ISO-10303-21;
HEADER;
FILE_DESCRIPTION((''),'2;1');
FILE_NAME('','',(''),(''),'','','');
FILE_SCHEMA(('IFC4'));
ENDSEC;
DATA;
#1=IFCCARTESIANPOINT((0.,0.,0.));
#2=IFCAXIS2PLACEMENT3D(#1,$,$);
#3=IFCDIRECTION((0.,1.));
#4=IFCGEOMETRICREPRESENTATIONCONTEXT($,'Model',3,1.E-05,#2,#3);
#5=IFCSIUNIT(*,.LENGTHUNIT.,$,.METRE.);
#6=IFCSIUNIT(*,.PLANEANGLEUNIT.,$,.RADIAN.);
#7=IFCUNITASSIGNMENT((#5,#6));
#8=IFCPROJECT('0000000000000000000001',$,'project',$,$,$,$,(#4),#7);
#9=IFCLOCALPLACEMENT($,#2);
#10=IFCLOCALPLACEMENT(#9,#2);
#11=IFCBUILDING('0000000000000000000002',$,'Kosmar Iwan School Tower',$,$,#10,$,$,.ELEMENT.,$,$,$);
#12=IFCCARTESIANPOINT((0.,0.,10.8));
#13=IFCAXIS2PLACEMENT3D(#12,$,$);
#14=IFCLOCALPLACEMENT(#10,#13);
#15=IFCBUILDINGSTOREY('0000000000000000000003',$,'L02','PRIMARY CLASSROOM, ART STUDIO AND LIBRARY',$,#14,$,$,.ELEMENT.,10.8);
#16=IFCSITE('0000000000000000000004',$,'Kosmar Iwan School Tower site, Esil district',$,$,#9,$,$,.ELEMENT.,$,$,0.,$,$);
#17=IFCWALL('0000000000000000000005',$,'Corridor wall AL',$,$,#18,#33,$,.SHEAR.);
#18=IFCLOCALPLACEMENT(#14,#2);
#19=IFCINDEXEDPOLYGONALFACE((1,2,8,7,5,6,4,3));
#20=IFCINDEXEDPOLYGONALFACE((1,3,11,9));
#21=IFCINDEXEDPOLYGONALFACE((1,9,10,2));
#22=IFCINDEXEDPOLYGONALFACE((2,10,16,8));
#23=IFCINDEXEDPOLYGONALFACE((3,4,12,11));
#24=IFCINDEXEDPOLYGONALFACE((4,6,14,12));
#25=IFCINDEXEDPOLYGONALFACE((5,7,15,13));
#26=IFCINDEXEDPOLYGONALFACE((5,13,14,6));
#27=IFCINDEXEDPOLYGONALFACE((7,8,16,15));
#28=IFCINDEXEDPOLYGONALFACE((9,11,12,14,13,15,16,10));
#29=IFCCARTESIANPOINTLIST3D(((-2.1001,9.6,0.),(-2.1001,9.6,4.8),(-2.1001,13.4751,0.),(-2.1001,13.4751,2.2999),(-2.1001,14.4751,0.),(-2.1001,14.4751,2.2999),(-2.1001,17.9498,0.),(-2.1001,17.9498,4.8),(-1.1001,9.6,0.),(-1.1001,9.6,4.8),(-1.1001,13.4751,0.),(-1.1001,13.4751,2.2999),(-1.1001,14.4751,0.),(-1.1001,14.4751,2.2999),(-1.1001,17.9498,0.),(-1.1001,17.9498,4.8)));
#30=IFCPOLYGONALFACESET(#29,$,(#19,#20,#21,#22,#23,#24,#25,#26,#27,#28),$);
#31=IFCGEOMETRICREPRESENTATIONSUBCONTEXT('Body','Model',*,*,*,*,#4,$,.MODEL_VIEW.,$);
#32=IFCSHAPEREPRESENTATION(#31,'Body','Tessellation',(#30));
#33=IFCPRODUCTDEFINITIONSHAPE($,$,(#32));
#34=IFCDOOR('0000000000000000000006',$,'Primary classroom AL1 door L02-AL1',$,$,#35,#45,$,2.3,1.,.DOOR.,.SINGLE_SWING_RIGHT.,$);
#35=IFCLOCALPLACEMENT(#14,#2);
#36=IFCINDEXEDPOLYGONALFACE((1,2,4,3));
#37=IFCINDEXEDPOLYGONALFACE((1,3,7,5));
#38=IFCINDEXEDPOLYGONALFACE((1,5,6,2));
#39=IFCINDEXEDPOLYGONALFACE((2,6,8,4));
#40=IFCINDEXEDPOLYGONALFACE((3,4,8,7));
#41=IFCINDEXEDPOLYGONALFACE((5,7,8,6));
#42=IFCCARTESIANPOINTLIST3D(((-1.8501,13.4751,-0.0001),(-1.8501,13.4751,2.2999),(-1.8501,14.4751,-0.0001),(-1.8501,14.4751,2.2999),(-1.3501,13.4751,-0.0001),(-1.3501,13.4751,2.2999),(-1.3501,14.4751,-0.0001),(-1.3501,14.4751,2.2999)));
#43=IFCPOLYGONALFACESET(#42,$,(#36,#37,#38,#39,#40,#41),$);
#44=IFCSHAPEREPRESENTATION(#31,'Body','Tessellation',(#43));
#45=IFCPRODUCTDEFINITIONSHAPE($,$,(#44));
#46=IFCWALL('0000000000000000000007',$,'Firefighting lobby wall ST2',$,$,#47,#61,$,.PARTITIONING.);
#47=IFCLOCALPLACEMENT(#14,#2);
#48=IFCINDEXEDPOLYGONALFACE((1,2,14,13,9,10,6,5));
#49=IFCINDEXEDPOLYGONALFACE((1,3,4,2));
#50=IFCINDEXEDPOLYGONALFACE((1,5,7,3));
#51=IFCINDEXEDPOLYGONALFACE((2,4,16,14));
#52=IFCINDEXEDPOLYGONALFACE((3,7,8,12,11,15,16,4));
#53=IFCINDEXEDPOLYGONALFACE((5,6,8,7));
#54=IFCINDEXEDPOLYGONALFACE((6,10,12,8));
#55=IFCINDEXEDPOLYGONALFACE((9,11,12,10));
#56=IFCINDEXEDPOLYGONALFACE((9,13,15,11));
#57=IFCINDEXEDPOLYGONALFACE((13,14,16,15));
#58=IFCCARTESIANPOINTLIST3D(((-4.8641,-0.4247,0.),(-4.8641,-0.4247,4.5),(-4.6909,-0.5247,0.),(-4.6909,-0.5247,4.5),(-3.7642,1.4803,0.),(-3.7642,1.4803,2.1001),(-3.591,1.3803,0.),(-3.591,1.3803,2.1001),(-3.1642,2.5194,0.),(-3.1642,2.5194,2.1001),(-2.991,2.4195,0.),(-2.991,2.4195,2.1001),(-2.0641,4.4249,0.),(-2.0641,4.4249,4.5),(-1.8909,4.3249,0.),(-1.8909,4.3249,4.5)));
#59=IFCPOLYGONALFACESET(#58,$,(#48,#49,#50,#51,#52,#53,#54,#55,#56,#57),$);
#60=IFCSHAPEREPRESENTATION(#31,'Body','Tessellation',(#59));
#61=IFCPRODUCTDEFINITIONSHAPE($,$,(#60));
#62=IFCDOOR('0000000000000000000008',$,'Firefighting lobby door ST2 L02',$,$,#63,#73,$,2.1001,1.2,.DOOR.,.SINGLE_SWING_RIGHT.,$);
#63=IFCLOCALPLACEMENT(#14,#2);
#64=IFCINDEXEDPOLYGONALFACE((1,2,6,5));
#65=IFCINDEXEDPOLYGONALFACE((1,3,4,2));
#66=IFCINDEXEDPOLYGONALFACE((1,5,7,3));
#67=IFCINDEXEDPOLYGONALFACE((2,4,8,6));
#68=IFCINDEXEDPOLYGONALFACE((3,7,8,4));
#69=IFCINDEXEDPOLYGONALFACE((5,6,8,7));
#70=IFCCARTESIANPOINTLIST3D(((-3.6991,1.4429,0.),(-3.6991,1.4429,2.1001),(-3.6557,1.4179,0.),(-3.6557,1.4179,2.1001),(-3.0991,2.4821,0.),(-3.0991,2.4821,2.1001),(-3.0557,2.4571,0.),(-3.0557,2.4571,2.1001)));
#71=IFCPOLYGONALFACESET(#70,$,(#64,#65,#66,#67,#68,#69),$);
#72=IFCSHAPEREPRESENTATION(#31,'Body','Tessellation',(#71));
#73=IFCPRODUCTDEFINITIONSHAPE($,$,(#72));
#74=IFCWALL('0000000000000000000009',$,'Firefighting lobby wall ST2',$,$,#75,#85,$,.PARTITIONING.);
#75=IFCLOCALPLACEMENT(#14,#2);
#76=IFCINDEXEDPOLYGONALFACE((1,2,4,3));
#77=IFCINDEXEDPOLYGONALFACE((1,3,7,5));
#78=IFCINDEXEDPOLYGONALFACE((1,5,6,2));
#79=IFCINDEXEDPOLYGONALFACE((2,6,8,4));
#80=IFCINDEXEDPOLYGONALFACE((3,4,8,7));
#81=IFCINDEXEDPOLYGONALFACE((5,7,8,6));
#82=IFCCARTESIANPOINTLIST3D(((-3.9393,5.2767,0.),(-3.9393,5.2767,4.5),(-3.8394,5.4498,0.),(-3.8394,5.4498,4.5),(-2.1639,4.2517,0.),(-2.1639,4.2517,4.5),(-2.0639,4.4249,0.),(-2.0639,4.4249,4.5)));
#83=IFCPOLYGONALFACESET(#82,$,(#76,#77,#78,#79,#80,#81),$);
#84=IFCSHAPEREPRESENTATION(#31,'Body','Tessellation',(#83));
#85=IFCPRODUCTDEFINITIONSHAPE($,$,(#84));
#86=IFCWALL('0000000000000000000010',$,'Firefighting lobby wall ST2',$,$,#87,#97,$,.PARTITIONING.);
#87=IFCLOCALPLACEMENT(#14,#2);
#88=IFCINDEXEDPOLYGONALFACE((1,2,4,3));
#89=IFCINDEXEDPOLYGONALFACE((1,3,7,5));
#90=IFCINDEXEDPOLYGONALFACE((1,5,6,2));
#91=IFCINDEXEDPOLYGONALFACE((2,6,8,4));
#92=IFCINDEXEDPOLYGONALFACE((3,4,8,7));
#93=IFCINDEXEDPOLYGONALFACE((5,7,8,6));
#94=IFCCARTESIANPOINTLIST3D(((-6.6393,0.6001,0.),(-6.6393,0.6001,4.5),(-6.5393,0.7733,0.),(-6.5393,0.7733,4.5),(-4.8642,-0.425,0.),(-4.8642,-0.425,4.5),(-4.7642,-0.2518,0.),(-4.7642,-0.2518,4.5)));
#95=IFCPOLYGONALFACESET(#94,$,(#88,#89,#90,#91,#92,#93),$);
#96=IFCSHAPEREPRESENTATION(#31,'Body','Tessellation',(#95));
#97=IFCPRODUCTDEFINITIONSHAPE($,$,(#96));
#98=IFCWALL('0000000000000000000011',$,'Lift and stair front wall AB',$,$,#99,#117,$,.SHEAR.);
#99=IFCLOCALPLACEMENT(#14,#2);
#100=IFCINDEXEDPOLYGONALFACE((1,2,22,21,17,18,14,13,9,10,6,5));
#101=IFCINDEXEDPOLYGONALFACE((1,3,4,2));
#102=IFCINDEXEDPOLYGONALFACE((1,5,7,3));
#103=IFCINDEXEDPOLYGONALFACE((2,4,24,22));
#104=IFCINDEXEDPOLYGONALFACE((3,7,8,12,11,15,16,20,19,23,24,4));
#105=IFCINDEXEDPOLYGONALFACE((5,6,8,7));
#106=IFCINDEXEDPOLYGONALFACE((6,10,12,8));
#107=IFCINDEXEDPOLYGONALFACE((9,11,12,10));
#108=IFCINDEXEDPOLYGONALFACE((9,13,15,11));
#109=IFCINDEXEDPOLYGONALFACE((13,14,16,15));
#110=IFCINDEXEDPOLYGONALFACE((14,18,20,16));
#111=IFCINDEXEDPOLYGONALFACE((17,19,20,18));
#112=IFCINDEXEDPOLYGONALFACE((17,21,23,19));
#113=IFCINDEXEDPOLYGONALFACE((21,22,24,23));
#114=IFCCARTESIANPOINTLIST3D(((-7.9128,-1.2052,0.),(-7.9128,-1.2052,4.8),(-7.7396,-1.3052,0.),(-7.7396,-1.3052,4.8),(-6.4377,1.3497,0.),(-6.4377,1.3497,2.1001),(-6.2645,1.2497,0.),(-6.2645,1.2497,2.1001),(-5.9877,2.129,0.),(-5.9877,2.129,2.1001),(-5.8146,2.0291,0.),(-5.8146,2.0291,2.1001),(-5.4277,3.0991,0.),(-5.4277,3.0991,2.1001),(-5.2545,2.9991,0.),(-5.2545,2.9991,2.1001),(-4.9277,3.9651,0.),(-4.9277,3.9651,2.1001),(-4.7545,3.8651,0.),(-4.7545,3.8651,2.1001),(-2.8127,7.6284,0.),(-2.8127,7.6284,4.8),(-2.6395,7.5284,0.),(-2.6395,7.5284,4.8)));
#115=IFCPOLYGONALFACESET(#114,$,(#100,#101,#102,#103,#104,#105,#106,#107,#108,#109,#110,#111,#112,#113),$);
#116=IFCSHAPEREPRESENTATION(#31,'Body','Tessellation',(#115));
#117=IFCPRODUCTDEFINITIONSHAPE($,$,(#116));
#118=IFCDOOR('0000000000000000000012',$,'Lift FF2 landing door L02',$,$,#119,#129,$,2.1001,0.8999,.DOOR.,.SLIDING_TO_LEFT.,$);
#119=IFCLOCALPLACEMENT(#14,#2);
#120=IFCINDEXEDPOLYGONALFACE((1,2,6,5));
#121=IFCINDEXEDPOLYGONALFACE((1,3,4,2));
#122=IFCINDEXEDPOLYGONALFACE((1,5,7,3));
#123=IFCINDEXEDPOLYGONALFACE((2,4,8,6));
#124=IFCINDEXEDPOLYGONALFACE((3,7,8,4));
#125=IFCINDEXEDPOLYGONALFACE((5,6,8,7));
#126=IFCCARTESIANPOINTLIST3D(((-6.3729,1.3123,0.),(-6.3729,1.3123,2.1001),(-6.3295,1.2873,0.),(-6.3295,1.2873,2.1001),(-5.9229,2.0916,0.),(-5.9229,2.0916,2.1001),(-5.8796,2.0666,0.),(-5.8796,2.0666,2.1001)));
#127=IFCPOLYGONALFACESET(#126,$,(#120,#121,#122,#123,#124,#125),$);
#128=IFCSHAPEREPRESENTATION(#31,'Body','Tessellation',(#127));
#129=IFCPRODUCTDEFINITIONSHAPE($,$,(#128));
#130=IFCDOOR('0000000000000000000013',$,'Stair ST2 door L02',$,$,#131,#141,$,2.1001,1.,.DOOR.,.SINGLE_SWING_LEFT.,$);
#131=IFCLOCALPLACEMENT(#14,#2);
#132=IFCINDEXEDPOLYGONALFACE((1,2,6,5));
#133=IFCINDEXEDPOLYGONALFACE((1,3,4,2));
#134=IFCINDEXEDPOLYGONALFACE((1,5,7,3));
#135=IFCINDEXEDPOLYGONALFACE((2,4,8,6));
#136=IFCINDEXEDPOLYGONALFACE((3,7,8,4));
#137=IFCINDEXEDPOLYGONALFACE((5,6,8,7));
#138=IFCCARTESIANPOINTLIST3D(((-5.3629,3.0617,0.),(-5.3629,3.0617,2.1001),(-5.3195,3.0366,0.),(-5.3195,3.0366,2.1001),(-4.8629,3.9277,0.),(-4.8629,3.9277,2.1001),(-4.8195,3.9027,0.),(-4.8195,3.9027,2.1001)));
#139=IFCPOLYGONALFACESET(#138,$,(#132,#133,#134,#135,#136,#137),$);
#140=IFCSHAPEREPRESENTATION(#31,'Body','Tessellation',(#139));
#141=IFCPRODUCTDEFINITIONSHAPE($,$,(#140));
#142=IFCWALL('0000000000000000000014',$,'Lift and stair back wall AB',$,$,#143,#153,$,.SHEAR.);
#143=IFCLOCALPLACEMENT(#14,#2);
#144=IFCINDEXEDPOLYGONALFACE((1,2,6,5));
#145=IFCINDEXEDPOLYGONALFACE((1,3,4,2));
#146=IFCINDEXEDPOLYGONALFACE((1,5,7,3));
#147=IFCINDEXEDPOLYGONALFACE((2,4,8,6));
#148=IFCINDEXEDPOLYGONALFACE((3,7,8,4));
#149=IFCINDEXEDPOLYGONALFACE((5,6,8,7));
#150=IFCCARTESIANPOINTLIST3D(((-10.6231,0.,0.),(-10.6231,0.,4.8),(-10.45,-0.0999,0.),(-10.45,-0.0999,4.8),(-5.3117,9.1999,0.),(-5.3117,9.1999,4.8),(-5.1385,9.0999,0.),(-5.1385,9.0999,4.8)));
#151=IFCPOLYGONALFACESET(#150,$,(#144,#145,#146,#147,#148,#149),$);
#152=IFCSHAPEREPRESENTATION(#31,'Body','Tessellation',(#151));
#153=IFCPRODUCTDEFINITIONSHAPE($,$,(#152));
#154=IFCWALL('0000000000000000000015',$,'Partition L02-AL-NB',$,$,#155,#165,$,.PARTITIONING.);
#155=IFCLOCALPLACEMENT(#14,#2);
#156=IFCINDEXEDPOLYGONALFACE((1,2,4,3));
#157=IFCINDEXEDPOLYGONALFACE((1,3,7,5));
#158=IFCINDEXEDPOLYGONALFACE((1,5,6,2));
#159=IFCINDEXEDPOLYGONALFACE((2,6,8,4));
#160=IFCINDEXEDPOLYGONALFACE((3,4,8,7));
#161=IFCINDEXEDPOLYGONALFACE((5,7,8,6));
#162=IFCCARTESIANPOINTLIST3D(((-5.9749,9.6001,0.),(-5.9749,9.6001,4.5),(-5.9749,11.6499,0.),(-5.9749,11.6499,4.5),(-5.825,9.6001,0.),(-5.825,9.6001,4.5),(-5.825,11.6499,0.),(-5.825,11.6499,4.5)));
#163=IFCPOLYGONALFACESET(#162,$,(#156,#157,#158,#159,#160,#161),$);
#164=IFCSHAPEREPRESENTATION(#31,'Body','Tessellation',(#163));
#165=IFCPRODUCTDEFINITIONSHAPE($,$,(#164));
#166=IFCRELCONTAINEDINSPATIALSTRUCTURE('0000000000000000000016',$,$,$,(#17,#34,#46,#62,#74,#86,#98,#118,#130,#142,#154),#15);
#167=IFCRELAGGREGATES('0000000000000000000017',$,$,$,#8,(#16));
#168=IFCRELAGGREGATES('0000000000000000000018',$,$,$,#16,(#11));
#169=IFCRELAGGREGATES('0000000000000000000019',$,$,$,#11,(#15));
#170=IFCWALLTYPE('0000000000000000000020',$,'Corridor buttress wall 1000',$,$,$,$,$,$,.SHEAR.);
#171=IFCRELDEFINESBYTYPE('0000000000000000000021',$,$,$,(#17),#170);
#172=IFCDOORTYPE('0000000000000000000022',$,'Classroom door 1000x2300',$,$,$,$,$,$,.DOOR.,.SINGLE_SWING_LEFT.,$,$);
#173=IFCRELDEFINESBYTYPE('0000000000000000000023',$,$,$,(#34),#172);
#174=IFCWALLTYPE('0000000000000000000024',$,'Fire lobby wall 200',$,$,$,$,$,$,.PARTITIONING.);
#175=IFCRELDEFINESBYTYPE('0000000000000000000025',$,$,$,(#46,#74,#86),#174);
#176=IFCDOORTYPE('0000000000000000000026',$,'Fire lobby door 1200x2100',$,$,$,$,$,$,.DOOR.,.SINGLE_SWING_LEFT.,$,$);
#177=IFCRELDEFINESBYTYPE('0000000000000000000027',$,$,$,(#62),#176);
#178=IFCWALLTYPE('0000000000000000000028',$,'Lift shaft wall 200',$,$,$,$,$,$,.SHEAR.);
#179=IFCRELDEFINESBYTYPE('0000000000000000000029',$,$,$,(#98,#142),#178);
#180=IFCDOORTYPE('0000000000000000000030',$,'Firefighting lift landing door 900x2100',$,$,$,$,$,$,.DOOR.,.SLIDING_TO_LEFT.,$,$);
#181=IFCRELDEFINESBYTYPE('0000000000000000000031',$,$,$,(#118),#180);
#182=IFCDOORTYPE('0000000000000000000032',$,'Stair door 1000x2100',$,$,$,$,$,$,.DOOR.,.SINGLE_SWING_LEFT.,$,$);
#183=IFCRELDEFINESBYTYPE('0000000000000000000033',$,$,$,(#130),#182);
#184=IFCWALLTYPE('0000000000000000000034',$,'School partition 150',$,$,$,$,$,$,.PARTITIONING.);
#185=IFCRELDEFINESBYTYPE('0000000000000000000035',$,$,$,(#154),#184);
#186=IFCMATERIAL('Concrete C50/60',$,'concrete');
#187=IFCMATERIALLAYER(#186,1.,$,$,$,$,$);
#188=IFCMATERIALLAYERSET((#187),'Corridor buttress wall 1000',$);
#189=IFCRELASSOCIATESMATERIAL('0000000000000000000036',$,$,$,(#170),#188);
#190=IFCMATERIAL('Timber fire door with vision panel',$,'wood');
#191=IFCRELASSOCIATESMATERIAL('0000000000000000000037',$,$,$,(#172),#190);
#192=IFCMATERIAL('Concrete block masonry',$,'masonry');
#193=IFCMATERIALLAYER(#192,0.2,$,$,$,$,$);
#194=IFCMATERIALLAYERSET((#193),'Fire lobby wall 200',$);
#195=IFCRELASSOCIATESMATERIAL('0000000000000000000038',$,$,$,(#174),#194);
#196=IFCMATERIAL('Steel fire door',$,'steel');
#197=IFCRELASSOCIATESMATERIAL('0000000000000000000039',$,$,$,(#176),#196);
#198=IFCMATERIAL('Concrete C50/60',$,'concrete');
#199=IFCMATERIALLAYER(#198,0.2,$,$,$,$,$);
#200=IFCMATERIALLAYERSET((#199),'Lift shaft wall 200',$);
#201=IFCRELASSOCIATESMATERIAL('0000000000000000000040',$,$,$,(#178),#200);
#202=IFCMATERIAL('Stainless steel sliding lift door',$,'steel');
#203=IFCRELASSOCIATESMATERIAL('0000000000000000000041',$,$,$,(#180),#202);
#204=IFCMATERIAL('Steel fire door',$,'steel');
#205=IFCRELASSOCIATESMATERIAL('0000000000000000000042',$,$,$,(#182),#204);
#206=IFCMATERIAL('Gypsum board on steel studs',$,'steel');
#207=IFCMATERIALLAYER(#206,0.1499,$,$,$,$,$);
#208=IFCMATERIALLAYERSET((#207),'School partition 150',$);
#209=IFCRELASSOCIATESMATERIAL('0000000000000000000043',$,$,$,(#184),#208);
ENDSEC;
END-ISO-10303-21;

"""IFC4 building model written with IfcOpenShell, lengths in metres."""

from ifc_helpers import new_model, si_unit, direction, frame, frame_2d, origin, place, context, subcontext, project, spatial, rectangle, extrude, material, layer, layer_set, type_object, element, fill, save


model = new_model("IFC4")

# Units and contexts
model_context = context("Model", 3, precision=1e-05, world=origin(), true_north=direction((0.0, 1.0)))
body_context = subcontext(model_context, "Body", "Model", "MODEL_VIEW")
ifc_project = project(units=[si_unit("LENGTHUNIT", "METRE"), si_unit("PLANEANGLEUNIT", "RADIAN")], contexts=[model_context])

# Site, building, storey
site_placement = place(None, origin())
site = spatial("IfcSite", under=ifc_project, at=site_placement, Name="Kosmar Iwan School Tower site, Esil district", CompositionType="ELEMENT", RefElevation=0.0)
building_placement = place(site_placement, origin())
building = spatial("IfcBuilding", under=site, at=building_placement, Name="Kosmar Iwan School Tower", CompositionType="ELEMENT")
storey_placement = place(building_placement, frame((0.0, 0.0, 10.8)))
storey = spatial("IfcBuildingStorey", under=building, at=storey_placement, Name="L02", Description="PRIMARY CLASSROOM, ART STUDIO AND LIBRARY", CompositionType="ELEMENT", Elevation=10.8)

# Walls, openings, doors
ifc_material_1 = material(Name="Concrete C50/60", Category="concrete")
ifc_layer_1 = layer(ifc_material_1, 1.0)
ifc_layer_set_1 = layer_set([ifc_layer_1], Name="Corridor buttress wall 1000")
wall_type_1 = type_object("IfcWallType", Name="Corridor buttress wall 1000", PredefinedType="SHEAR", material=ifc_layer_set_1)
wall_1_placement = place(storey_placement, frame((-1.6001, 9.6001, 0.0), z_axis=(0.0, 0.0, 1.0), x_axis=(0.0, 1.0, 0.0)))
wall_1 = element("IfcWall", 1, at=wall_1_placement, inside=storey, type_object=wall_type_1, Name="Corridor wall AL", PredefinedType="SHEAR", context=body_context, shape_type="SweptSolid", body=[
    extrude(rectangle(XDim=8.3499, YDim=1.0, at=frame_2d((4.1748, 0.0))), origin(), (0.0, 0.0, 1.0), 4.8),
])
opening_1_placement = place(wall_1_placement, frame((3.875, 0.0, 0.0)))
opening_1 = element("IfcOpeningElement", 2, at=opening_1_placement, cuts=wall_1, PredefinedType="OPENING", context=body_context, shape_type="SweptSolid", body=[
    extrude(rectangle(XDim=1.0, YDim=2.3, at=frame_2d((0.5, 1.1499))), frame((0.0, 0.512, 0.0), z_axis=(0.0, -1.0, 0.0), x_axis=(1.0, 0.0, 0.0)), (0.0, 0.0, 1.0), 1.0239),
])
ifc_material_2 = material(Name="Timber fire door with vision panel", Category="wood")
door_type_1 = type_object("IfcDoorType", Name="Classroom door 1000x2300", OperationType="SINGLE_SWING_LEFT", PredefinedType="DOOR", material=ifc_material_2)
door_1_placement = place(opening_1_placement, origin())
door_1 = element("IfcDoor", 3, at=door_1_placement, inside=storey, type_object=door_type_1, Name="Primary classroom AL1 door L02-AL1", OperationType="SINGLE_SWING_RIGHT", OverallHeight=2.3, OverallWidth=1.0, PredefinedType="DOOR", context=body_context, shape_type="SweptSolid", body=[
    extrude(rectangle(XDim=1.0, YDim=2.3, at=frame_2d((0.5, 1.1499))), frame((0.0, 0.25, 0.0), z_axis=(0.0, -1.0, 0.0), x_axis=(1.0, 0.0, 0.0)), (0.0, 0.0, 1.0), 0.5),
])
fill(opening_1, door_1)
ifc_material_3 = material(Name="Concrete block masonry", Category="masonry")
ifc_layer_2 = layer(ifc_material_3, 0.2)
ifc_layer_set_2 = layer_set([ifc_layer_2], Name="Fire lobby wall 200")
wall_type_2 = type_object("IfcWallType", Name="Fire lobby wall 200", PredefinedType="PARTITIONING", material=ifc_layer_set_2)
wall_2_placement = place(storey_placement, frame((-1.9775, 4.3748, 0.0), z_axis=(0.0, 0.0, 1.0), x_axis=(-0.500017, -0.866016, 0.0)))
wall_2 = element("IfcWall", 4, at=wall_2_placement, inside=storey, type_object=wall_type_2, Name="Firefighting lobby wall ST2", PredefinedType="PARTITIONING", context=body_context, shape_type="SweptSolid", body=[
    extrude(rectangle(XDim=5.5999, YDim=0.2, at=frame_2d((2.7998, 0.0))), origin(), (0.0, 0.0, 1.0), 4.5),
])
opening_2_placement = place(wall_2_placement, frame((2.2, 0.0, 0.0)))
opening_2 = element("IfcOpeningElement", 5, at=opening_2_placement, cuts=wall_2, PredefinedType="OPENING", context=body_context, shape_type="SweptSolid", body=[
    extrude(rectangle(XDim=1.2, YDim=2.1001, at=frame_2d((0.6001, 1.05))), frame((0.0, 0.1121, 0.0), z_axis=(0.0, -1.0, 0.0), x_axis=(1.0, 0.0, 0.0)), (0.0, 0.0, 1.0), 0.2239),
])
ifc_material_4 = material(Name="Steel fire door", Category="steel")
door_type_2 = type_object("IfcDoorType", Name="Fire lobby door 1200x2100", OperationType="SINGLE_SWING_LEFT", PredefinedType="DOOR", material=ifc_material_4)
door_2_placement = place(opening_2_placement, frame((1.2, 0.0, 0.0), z_axis=(0.0, 0.0, 1.0), x_axis=(-1.0, 0.0, 0.0)))
door_2 = element("IfcDoor", 6, at=door_2_placement, inside=storey, type_object=door_type_2, Name="Firefighting lobby door ST2 L02", OperationType="SINGLE_SWING_RIGHT", OverallHeight=2.1001, OverallWidth=1.2, PredefinedType="DOOR", context=body_context, shape_type="SweptSolid", body=[
    extrude(rectangle(XDim=1.2, YDim=2.1001, at=frame_2d((0.6001, 1.05))), frame((0.0, 0.0249, 0.0), z_axis=(0.0, -1.0, 0.0), x_axis=(1.0, 0.0, 0.0)), (0.0, 0.0, 1.0), 0.05),
])
fill(opening_2, door_2)

# Walls
wall_3_placement = place(storey_placement, frame((-2.114, 4.3384, 0.0), z_axis=(0.0, 0.0, 1.0), x_axis=(-0.866051, 0.499956, 0.0)))
element("IfcWall", 7, at=wall_3_placement, inside=storey, type_object=wall_type_2, Name="Firefighting lobby wall ST2", PredefinedType="PARTITIONING", context=body_context, shape_type="SweptSolid", body=[
    extrude(rectangle(XDim=2.05, YDim=0.2, at=frame_2d((1.0249, 0.0))), origin(), (0.0, 0.0, 1.0), 4.5),
])
wall_4_placement = place(storey_placement, frame((-4.8142, -0.3384, 0.0), z_axis=(0.0, 0.0, 1.0), x_axis=(-0.865969, 0.500097, 0.0)))
element("IfcWall", 8, at=wall_4_placement, inside=storey, type_object=wall_type_2, Name="Firefighting lobby wall ST2", PredefinedType="PARTITIONING", context=body_context, shape_type="SweptSolid", body=[
    extrude(rectangle(XDim=2.0498, YDim=0.2, at=frame_2d((1.0249, 0.0))), origin(), (0.0, 0.0, 1.0), 4.5),
])

# Wall, openings, doors
ifc_material_5 = material(Name="Concrete C50/60", Category="concrete")
ifc_layer_3 = layer(ifc_material_5, 0.2)
ifc_layer_set_3 = layer_set([ifc_layer_3], Name="Lift shaft wall 200")
wall_type_3 = type_object("IfcWallType", Name="Lift shaft wall 200", PredefinedType="SHEAR", material=ifc_layer_set_3)
wall_5_placement = place(storey_placement, frame((-2.7261, 7.5784, 0.0), z_axis=(0.0, 0.0, 1.0), x_axis=(-0.500006, -0.866022, 0.0)))
wall_5 = element("IfcWall", 9, at=wall_5_placement, inside=storey, type_object=wall_type_3, Name="Lift and stair front wall AB", PredefinedType="SHEAR", context=body_context, shape_type="SweptSolid", body=[
    extrude(rectangle(XDim=10.2002, YDim=0.2, at=frame_2d((5.1001, 0.0))), origin(), (0.0, 0.0, 1.0), 4.8),
])
opening_3_placement = place(wall_5_placement, frame((6.3501, 0.0, 0.0)))
opening_3 = element("IfcOpeningElement", 10, at=opening_3_placement, cuts=wall_5, PredefinedType="OPENING", context=body_context, shape_type="SweptSolid", body=[
    extrude(rectangle(XDim=0.8999, YDim=2.1001, at=frame_2d((0.45, 1.05))), frame((0.0, 0.1121, 0.0), z_axis=(0.0, -1.0, 0.0), x_axis=(1.0, 0.0, 0.0)), (0.0, 0.0, 1.0), 0.2239),
])
opening_4_placement = place(wall_5_placement, frame((4.23, 0.0, 0.0)))
opening_4 = element("IfcOpeningElement", 11, at=opening_4_placement, cuts=wall_5, PredefinedType="OPENING", context=body_context, shape_type="SweptSolid", body=[
    extrude(rectangle(XDim=1.0, YDim=2.1001, at=frame_2d((0.5, 1.05))), frame((0.0, 0.1121, 0.0), z_axis=(0.0, -1.0, 0.0), x_axis=(1.0, 0.0, 0.0)), (0.0, 0.0, 1.0), 0.2239),
])
ifc_material_6 = material(Name="Stainless steel sliding lift door", Category="steel")
door_type_3 = type_object("IfcDoorType", Name="Firefighting lift landing door 900x2100", OperationType="SLIDING_TO_LEFT", PredefinedType="DOOR", material=ifc_material_6)
door_3_placement = place(opening_3_placement, origin())
door_3 = element("IfcDoor", 12, at=door_3_placement, inside=storey, type_object=door_type_3, Name="Lift FF2 landing door L02", OperationType="SLIDING_TO_LEFT", OverallHeight=2.1001, OverallWidth=0.8999, PredefinedType="DOOR", context=body_context, shape_type="SweptSolid", body=[
    extrude(rectangle(XDim=0.8999, YDim=2.1001, at=frame_2d((0.45, 1.05))), frame((0.0, 0.0249, 0.0), z_axis=(0.0, -1.0, 0.0), x_axis=(1.0, 0.0, 0.0)), (0.0, 0.0, 1.0), 0.05),
])
fill(opening_3, door_3)
ifc_material_7 = material(Name="Steel fire door", Category="steel")
door_type_4 = type_object("IfcDoorType", Name="Stair door 1000x2100", OperationType="SINGLE_SWING_LEFT", PredefinedType="DOOR", material=ifc_material_7)
door_4_placement = place(opening_4_placement, origin())
door_4 = element("IfcDoor", 13, at=door_4_placement, inside=storey, type_object=door_type_4, Name="Stair ST2 door L02", OperationType="SINGLE_SWING_LEFT", OverallHeight=2.1001, OverallWidth=1.0, PredefinedType="DOOR", context=body_context, shape_type="SweptSolid", body=[
    extrude(rectangle(XDim=1.0, YDim=2.1001, at=frame_2d((0.5, 1.05))), frame((0.0, 0.0249, 0.0), z_axis=(0.0, -1.0, 0.0), x_axis=(1.0, 0.0, 0.0)), (0.0, 0.0, 1.0), 0.05),
])
fill(opening_4, door_4)

# Walls
wall_6_placement = place(storey_placement, frame((-5.2251, 9.1499, 0.0), z_axis=(0.0, 0.0, 1.0), x_axis=(-0.499995, -0.866028, 0.0)))
element("IfcWall", 14, at=wall_6_placement, inside=storey, type_object=wall_type_3, Name="Lift and stair back wall AB", PredefinedType="SHEAR", context=body_context, shape_type="SweptSolid", body=[
    extrude(rectangle(XDim=10.623, YDim=0.2, at=frame_2d((5.3115, 0.0))), origin(), (0.0, 0.0, 1.0), 4.8),
])
ifc_material_8 = material(Name="Gypsum board on steel studs", Category="steel")
ifc_layer_4 = layer(ifc_material_8, 0.1499)
ifc_layer_set_4 = layer_set([ifc_layer_4], Name="School partition 150")
wall_type_4 = type_object("IfcWallType", Name="School partition 150", PredefinedType="PARTITIONING", material=ifc_layer_set_4)
wall_7_placement = place(storey_placement, frame((-5.8999, 9.6001, 0.0), z_axis=(0.0, 0.0, 1.0), x_axis=(0.0, 1.0, 0.0)))
element("IfcWall", 15, at=wall_7_placement, inside=storey, type_object=wall_type_4, Name="Partition L02-AL-NB", PredefinedType="PARTITIONING", context=body_context, shape_type="SweptSolid", body=[
    extrude(rectangle(XDim=2.0498, YDim=0.1499, at=frame_2d((1.0249, 0.0))), origin(), (0.0, 0.0, 1.0), 4.5),
])

save(model, "model.ifc")
